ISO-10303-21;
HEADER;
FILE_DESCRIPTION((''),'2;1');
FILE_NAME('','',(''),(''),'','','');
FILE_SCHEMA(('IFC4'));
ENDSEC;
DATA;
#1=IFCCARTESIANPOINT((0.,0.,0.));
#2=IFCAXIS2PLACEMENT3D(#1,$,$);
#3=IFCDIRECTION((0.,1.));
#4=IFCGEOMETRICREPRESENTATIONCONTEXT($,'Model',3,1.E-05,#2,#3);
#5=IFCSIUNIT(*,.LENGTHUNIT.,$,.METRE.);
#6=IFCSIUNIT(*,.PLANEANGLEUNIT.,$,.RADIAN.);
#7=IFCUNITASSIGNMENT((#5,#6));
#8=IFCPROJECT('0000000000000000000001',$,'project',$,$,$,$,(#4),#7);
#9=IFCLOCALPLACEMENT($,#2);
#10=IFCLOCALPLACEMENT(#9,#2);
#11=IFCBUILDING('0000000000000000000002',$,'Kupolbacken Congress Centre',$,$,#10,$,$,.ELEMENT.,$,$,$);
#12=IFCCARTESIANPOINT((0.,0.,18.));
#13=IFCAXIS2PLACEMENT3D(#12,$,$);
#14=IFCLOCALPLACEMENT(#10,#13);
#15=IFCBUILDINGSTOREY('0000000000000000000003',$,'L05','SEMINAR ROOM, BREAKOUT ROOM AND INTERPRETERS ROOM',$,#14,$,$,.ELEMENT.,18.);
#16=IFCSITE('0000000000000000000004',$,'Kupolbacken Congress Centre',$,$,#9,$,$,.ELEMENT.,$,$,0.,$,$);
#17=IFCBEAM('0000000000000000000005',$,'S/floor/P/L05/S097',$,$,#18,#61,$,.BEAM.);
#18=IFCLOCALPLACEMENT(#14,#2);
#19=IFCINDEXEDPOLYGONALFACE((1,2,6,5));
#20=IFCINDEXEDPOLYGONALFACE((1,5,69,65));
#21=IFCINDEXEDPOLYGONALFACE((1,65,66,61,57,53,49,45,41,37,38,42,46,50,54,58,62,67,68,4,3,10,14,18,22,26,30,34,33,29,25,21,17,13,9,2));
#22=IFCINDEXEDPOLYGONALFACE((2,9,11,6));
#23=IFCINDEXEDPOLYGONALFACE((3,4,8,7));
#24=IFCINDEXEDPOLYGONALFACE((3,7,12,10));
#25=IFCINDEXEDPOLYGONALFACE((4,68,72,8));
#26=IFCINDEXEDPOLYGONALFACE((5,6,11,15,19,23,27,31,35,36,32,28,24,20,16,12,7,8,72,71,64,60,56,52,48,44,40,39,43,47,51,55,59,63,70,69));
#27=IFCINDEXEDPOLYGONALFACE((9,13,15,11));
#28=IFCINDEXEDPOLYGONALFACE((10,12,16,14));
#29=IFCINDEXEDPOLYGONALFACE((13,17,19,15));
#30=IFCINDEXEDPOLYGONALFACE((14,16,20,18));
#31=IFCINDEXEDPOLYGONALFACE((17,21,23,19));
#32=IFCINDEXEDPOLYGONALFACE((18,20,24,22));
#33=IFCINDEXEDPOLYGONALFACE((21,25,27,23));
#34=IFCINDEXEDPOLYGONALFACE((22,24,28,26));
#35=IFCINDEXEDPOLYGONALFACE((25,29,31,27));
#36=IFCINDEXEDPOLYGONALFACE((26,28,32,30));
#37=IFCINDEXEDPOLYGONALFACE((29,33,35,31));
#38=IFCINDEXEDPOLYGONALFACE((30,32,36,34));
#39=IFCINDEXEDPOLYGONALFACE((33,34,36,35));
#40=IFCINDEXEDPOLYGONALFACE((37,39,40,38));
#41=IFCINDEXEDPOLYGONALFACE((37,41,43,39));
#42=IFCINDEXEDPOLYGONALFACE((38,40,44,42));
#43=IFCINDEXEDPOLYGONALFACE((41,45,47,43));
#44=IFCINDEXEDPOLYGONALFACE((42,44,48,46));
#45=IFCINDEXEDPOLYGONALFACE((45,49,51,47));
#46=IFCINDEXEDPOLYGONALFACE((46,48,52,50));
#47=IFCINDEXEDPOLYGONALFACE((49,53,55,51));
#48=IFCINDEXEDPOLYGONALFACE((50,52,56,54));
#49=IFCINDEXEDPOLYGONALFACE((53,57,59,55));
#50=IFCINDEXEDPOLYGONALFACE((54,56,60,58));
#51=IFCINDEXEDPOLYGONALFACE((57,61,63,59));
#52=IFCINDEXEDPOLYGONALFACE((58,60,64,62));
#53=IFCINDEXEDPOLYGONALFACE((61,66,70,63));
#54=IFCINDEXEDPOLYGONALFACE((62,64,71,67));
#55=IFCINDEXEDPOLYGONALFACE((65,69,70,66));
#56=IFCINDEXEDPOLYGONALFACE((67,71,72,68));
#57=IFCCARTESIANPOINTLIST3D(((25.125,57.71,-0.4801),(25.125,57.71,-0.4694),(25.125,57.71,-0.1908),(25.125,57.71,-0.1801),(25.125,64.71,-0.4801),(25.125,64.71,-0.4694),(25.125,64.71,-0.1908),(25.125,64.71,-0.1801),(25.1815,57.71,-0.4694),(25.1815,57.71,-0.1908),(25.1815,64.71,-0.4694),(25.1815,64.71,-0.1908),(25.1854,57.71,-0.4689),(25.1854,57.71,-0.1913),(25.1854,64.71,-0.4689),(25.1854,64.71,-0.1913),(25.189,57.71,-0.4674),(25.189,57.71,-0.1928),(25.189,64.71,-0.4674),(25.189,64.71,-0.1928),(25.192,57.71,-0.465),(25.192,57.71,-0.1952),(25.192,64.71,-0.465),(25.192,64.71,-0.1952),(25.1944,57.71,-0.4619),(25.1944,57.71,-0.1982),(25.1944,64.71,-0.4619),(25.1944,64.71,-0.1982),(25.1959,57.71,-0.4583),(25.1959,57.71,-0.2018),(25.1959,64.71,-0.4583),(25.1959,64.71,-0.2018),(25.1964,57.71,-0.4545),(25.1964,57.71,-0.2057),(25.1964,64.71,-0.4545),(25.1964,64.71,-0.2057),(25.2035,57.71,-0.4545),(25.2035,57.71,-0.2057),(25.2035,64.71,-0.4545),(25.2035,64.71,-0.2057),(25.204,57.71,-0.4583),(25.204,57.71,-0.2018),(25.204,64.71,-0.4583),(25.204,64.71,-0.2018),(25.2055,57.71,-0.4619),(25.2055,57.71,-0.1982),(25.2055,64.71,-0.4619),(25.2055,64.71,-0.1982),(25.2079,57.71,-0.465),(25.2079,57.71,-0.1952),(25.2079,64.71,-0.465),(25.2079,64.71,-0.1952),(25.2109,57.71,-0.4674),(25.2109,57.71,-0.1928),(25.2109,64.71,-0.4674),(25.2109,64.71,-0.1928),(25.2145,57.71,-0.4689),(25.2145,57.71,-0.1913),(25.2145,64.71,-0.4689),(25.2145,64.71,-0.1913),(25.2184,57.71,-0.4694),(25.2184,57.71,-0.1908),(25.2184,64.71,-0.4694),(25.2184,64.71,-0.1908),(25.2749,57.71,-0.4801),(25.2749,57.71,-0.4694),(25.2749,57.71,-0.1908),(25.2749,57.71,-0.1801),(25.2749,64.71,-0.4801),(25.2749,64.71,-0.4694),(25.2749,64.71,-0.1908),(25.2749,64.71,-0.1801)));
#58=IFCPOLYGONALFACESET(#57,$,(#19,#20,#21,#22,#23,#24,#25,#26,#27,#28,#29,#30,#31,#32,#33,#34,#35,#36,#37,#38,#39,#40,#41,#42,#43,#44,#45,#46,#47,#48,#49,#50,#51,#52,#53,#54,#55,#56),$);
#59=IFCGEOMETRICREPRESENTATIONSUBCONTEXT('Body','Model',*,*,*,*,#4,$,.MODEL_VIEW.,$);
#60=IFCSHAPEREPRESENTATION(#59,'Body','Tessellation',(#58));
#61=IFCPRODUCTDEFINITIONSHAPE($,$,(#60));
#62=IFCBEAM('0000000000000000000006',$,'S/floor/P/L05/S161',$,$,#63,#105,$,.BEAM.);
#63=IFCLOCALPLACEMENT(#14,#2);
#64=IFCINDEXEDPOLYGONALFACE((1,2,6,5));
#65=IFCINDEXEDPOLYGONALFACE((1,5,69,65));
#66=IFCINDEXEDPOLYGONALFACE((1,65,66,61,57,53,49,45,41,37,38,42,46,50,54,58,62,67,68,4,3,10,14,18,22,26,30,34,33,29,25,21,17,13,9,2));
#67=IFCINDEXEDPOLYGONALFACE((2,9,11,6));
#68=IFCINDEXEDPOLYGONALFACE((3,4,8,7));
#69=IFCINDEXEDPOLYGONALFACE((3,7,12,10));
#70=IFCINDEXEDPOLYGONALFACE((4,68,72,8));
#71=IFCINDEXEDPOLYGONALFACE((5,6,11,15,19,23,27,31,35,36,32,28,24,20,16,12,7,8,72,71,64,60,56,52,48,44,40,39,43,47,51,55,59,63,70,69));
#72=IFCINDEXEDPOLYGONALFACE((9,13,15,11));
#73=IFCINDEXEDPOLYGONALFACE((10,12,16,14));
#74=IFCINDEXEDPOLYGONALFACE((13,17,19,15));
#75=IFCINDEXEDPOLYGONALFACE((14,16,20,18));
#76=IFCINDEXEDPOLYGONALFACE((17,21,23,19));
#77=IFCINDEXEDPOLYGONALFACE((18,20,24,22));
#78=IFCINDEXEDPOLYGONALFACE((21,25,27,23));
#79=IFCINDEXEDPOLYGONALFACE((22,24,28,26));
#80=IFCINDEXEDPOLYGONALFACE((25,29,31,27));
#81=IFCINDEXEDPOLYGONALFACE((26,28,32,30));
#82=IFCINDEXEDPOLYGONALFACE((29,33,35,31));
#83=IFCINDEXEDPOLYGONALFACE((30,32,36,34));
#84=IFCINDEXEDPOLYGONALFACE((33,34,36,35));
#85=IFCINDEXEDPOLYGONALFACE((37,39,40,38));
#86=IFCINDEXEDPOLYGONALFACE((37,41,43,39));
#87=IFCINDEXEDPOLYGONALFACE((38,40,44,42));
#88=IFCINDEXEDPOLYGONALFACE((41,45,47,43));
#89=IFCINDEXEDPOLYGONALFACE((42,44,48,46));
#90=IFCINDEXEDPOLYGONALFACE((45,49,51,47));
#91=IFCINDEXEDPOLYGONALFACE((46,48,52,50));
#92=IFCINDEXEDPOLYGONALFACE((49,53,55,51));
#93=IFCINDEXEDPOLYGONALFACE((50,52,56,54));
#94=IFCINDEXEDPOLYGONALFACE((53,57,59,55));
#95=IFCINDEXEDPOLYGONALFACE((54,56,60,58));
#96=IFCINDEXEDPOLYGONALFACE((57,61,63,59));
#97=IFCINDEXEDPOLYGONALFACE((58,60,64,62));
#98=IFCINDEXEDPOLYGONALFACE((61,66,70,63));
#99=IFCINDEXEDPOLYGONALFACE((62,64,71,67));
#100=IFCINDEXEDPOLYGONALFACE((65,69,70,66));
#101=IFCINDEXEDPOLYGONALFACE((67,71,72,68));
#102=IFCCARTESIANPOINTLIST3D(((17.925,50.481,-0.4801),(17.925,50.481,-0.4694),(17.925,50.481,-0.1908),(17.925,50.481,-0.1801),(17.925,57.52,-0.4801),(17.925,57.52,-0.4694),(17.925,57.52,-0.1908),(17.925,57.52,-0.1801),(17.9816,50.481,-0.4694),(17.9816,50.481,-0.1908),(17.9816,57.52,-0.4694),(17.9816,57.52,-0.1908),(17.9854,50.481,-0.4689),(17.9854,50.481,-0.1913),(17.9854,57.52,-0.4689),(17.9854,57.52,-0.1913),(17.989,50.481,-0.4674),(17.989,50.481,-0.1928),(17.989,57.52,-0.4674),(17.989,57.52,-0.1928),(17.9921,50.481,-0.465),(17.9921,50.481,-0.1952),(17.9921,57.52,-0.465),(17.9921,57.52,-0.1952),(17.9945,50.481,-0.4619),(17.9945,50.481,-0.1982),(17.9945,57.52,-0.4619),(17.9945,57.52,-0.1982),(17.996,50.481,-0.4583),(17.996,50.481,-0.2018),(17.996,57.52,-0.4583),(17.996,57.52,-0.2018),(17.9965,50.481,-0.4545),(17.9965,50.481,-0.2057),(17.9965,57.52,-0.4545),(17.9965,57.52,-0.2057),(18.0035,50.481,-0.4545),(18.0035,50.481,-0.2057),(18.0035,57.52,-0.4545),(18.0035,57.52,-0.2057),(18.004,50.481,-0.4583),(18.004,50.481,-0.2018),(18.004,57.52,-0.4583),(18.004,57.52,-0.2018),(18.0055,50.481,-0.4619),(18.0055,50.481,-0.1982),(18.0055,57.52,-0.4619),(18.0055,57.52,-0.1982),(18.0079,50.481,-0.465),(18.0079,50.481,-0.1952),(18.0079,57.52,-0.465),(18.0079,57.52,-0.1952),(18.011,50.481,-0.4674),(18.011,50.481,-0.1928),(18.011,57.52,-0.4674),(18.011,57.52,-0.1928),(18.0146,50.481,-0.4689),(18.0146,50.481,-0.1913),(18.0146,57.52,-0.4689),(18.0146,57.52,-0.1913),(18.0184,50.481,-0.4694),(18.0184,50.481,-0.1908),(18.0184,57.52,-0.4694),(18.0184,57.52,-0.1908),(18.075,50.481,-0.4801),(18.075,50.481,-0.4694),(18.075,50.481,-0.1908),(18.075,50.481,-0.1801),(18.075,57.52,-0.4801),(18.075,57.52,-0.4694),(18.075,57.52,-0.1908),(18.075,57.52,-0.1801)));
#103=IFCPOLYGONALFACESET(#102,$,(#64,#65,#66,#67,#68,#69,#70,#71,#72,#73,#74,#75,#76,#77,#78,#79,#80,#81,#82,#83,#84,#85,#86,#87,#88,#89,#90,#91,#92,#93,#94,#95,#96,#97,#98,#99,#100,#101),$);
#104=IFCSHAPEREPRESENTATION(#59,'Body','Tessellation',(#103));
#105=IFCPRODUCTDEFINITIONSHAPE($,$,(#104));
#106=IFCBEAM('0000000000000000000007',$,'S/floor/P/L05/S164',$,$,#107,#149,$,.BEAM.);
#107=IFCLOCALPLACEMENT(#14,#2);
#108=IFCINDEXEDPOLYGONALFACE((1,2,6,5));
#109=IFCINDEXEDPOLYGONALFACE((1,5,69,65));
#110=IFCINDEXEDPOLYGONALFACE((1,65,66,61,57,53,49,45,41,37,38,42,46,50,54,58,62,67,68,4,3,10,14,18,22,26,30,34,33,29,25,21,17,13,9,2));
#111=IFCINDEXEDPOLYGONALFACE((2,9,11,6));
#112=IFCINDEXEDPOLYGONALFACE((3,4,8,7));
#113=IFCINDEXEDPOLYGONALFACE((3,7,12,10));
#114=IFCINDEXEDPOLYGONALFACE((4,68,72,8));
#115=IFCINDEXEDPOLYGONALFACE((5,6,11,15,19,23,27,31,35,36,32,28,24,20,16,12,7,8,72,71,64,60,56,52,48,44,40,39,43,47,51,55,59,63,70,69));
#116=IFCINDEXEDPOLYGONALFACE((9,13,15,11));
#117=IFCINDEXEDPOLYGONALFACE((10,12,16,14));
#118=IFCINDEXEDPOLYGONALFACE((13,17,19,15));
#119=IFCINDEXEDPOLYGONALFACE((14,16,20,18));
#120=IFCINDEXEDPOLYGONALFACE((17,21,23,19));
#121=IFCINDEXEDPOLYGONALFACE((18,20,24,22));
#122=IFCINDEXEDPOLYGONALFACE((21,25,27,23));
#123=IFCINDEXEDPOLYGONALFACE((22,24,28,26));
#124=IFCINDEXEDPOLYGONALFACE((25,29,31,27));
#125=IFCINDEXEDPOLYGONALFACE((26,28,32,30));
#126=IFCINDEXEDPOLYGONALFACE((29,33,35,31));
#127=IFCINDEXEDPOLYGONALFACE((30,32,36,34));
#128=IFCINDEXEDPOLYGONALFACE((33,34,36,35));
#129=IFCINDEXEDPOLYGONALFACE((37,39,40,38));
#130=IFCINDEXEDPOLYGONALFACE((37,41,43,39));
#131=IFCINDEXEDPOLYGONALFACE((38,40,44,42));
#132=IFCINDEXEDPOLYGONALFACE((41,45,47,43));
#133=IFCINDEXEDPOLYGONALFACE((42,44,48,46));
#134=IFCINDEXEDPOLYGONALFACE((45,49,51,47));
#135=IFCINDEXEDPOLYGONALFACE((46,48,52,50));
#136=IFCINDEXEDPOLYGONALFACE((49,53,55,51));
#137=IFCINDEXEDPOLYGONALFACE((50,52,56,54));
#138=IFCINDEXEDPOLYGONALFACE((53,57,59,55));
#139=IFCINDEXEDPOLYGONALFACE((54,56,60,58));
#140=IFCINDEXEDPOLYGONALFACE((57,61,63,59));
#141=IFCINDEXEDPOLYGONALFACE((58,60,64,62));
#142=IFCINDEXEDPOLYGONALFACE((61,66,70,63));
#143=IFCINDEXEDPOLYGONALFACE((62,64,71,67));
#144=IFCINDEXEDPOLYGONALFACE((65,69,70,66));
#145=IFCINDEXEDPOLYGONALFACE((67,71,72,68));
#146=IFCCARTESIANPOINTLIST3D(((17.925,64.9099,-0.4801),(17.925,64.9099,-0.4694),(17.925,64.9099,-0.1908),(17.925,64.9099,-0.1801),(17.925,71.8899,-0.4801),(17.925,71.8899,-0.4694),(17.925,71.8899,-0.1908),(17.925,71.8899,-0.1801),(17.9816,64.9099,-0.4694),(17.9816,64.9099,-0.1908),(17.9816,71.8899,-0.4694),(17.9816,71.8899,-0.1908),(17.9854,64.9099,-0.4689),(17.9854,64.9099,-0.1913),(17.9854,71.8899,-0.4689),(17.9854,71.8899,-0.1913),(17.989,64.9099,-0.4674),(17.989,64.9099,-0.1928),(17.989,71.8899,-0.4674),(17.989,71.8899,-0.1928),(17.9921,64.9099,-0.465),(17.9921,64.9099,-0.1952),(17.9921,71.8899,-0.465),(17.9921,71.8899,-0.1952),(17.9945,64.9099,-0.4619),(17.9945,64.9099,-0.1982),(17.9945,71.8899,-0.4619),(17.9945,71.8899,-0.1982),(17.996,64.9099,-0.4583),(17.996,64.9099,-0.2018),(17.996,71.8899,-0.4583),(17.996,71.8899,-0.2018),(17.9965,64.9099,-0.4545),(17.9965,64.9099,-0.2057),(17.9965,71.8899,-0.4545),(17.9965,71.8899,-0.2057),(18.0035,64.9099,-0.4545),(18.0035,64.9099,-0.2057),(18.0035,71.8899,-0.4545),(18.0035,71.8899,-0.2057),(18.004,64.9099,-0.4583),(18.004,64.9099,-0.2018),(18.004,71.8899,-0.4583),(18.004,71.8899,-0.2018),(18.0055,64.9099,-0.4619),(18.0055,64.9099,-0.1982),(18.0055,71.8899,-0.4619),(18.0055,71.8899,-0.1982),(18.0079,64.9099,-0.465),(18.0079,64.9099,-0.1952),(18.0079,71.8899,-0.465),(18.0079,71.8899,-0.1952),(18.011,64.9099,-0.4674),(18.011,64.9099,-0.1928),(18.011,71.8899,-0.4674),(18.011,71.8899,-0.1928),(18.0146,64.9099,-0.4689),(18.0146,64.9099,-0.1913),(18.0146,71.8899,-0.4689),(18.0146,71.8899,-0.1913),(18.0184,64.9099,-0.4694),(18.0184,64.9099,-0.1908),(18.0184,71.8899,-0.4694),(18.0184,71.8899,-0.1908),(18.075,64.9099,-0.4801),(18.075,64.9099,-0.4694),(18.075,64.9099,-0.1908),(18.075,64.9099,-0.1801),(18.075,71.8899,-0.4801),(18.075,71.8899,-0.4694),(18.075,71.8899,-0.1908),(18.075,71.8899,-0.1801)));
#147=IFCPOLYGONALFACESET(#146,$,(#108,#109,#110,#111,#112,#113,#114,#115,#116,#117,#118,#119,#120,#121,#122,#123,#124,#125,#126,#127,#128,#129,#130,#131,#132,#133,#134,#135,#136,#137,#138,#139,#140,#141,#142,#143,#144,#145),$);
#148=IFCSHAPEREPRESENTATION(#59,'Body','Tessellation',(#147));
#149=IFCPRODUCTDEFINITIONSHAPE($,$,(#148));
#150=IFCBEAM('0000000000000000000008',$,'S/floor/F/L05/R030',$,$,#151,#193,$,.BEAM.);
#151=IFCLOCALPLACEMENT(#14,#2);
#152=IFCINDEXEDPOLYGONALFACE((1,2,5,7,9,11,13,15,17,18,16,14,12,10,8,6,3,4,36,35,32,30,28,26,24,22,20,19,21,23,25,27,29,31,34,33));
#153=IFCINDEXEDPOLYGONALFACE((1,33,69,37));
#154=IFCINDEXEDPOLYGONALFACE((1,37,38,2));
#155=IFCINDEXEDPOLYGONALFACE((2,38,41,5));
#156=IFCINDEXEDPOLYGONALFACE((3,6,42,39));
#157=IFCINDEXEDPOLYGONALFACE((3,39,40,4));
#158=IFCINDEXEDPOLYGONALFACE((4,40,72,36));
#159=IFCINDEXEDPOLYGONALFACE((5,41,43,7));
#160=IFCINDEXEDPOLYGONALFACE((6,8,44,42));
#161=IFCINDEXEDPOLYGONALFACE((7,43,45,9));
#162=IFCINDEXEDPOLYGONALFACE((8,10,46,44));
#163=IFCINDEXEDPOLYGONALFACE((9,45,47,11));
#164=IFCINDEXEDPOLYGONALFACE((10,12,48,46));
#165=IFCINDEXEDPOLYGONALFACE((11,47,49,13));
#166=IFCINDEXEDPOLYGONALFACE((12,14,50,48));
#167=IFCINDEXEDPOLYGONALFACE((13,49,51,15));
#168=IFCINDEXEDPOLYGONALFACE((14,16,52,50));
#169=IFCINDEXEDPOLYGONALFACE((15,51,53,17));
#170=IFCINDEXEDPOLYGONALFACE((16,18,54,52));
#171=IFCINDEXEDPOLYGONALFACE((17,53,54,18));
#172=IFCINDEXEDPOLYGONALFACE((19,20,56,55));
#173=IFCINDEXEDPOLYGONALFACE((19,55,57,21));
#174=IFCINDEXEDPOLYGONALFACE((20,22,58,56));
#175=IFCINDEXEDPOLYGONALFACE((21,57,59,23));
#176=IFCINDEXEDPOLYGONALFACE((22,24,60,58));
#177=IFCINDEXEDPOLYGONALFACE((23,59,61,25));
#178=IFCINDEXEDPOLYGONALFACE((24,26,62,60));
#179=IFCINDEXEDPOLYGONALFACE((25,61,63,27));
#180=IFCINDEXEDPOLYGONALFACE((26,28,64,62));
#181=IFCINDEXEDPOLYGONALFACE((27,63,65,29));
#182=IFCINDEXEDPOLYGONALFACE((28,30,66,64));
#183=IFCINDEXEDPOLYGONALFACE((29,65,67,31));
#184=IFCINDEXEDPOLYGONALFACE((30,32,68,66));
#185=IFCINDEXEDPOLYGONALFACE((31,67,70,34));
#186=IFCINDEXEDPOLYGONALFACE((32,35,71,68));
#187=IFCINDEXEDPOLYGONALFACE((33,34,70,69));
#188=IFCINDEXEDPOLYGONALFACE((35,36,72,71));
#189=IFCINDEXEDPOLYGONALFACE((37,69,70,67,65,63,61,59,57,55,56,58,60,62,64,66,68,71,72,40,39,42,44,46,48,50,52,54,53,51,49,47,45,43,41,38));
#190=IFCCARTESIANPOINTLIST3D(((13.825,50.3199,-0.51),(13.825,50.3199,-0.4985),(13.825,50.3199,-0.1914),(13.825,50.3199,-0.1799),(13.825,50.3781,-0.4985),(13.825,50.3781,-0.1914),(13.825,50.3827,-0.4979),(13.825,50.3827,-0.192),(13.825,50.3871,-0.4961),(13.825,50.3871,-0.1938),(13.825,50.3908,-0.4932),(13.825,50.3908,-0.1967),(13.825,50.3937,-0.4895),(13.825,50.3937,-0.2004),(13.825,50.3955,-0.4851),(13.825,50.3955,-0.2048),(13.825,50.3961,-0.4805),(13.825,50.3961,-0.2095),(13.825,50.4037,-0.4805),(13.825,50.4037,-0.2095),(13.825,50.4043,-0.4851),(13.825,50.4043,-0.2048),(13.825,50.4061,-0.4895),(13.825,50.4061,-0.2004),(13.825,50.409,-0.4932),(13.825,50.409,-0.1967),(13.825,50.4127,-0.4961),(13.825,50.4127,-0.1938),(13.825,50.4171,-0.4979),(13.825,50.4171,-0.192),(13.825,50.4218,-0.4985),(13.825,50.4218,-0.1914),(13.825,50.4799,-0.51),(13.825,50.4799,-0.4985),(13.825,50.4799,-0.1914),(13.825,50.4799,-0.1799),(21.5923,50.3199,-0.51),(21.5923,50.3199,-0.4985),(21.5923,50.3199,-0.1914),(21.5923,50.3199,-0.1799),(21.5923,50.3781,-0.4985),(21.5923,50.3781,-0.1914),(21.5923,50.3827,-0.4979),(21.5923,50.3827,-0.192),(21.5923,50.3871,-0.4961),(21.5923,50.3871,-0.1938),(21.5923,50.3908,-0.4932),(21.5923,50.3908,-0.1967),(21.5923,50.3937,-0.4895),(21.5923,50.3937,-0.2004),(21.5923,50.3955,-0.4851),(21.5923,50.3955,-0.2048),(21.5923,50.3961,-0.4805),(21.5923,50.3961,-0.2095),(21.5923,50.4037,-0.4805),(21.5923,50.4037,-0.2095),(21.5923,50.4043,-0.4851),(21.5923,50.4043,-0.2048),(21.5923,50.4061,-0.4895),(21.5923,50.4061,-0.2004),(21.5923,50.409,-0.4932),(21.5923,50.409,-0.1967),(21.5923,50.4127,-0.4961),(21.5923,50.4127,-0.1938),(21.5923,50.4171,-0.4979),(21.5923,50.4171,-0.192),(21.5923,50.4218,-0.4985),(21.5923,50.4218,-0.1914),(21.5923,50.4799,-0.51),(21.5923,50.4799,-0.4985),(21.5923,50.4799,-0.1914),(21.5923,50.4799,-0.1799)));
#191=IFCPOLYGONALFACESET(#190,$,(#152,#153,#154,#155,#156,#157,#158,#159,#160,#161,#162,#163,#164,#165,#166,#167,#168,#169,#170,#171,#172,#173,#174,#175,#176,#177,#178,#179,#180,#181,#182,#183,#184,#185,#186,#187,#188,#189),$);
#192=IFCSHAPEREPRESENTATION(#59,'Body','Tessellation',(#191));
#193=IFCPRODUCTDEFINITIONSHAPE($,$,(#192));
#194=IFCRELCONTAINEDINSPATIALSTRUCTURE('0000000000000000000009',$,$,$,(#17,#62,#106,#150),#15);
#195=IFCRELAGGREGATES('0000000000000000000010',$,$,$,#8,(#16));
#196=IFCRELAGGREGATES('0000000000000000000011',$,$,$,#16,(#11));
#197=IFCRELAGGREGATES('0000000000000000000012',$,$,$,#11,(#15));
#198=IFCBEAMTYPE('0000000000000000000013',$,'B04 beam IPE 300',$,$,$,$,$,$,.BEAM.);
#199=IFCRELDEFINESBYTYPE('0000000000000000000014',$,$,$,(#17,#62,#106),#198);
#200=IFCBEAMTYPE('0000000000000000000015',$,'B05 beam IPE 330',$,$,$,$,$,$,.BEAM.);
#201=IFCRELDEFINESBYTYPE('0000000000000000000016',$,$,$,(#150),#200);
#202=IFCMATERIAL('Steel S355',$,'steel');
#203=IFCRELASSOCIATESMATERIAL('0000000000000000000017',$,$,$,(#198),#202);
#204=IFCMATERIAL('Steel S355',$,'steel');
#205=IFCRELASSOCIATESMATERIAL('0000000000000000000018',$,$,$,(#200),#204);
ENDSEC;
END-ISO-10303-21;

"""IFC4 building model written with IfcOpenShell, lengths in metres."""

from ifc_helpers import new_model, si_unit, direction, frame, origin, origin_2d, place, context, subcontext, project, spatial, i_section, extrude, material, material_profile, profile_set, type_object, element, save


model = new_model("IFC4")

# Units and contexts
model_context = context("Model", 3, precision=1e-05, world=origin(), true_north=direction((0.0, 1.0)))
body_context = subcontext(model_context, "Body", "Model", "MODEL_VIEW")
ifc_project = project(units=[si_unit("LENGTHUNIT", "METRE"), si_unit("PLANEANGLEUNIT", "RADIAN")], contexts=[model_context])

# Site, building, storey
site_placement = place(None, origin())
site = spatial("IfcSite", under=ifc_project, at=site_placement, Name="Kupolbacken Congress Centre", CompositionType="ELEMENT", RefElevation=0.0)
building_placement = place(site_placement, origin())
building = spatial("IfcBuilding", under=site, at=building_placement, Name="Kupolbacken Congress Centre", CompositionType="ELEMENT")
storey_placement = place(building_placement, frame((0.0, 0.0, 18.0)))
storey = spatial("IfcBuildingStorey", under=building, at=storey_placement, Name="L05", Description="SEMINAR ROOM, BREAKOUT ROOM AND INTERPRETERS ROOM", CompositionType="ELEMENT", Elevation=18.0)

# Beams
ifc_material_1 = material(Name="Steel S355", Category="steel")
ifc_material_profile_1 = material_profile(ifc_material_1, i_section(OverallWidth=0.1499, OverallDepth=0.3, WebThickness=0.0071, FlangeThickness=0.0107, FilletRadius=0.0149, at=origin_2d()), Name="IPE 300")
ifc_profile_set_1 = profile_set([ifc_material_profile_1], Name="Steel S355")
beam_type_1 = type_object("IfcBeamType", Name="B04 beam IPE 300", PredefinedType="BEAM", material=ifc_profile_set_1)
beam_1_placement = place(storey_placement, frame((25.2, 57.71, -0.3301), z_axis=(0.0, 1.0, 0.0), x_axis=(-1.0, 0.0, 0.0)))
element("IfcBeam", 1, at=beam_1_placement, inside=storey, type_object=beam_type_1, Name="S/floor/P/L05/S097", PredefinedType="BEAM", context=body_context, shape_type="SweptSolid", body=[
    extrude(i_section(OverallWidth=0.1499, OverallDepth=0.3, WebThickness=0.0071, FlangeThickness=0.0107, FilletRadius=0.0149, at=origin_2d()), origin(), (0.0, 0.0, 1.0), 7.0),
])
beam_2_placement = place(storey_placement, frame((18.0, 50.481, -0.3301), z_axis=(0.0, 1.0, 0.0), x_axis=(-1.0, 0.0, 0.0)))
element("IfcBeam", 2, at=beam_2_placement, inside=storey, type_object=beam_type_1, Name="S/floor/P/L05/S161", PredefinedType="BEAM", context=body_context, shape_type="SweptSolid", body=[
    extrude(i_section(OverallWidth=0.1499, OverallDepth=0.3, WebThickness=0.0071, FlangeThickness=0.0107, FilletRadius=0.0149, at=origin_2d()), origin(), (0.0, 0.0, 1.0), 7.0391),
])
beam_3_placement = place(storey_placement, frame((18.0, 64.9099, -0.3301), z_axis=(0.0, 1.0, 0.0), x_axis=(-1.0, 0.0, 0.0)))
element("IfcBeam", 3, at=beam_3_placement, inside=storey, type_object=beam_type_1, Name="S/floor/P/L05/S164", PredefinedType="BEAM", context=body_context, shape_type="SweptSolid", body=[
    extrude(i_section(OverallWidth=0.1499, OverallDepth=0.3, WebThickness=0.0071, FlangeThickness=0.0107, FilletRadius=0.0149, at=origin_2d()), origin(), (0.0, 0.0, 1.0), 6.98),
])
ifc_material_2 = material(Name="Steel S355", Category="steel")
ifc_material_profile_2 = material_profile(ifc_material_2, i_section(OverallWidth=0.1599, OverallDepth=0.3301, WebThickness=0.0076, FlangeThickness=0.0115, FilletRadius=0.0181, at=origin_2d()), Name="IPE 330")
ifc_profile_set_2 = profile_set([ifc_material_profile_2], Name="Steel S355")
beam_type_2 = type_object("IfcBeamType", Name="B05 beam IPE 330", PredefinedType="BEAM", material=ifc_profile_set_2)
beam_4_placement = place(storey_placement, frame((13.825, 50.3999, -0.345), z_axis=(1.0, 0.0, 0.0), x_axis=(0.0, 1.0, 0.0)))
element("IfcBeam", 4, at=beam_4_placement, inside=storey, type_object=beam_type_2, Name="S/floor/F/L05/R030", PredefinedType="BEAM", context=body_context, shape_type="SweptSolid", body=[
    extrude(i_section(OverallWidth=0.1599, OverallDepth=0.3301, WebThickness=0.0076, FlangeThickness=0.0115, FilletRadius=0.0181, at=origin_2d()), origin(), (0.0, 0.0, 1.0), 7.7673),
])

save(model, "model.ifc")
